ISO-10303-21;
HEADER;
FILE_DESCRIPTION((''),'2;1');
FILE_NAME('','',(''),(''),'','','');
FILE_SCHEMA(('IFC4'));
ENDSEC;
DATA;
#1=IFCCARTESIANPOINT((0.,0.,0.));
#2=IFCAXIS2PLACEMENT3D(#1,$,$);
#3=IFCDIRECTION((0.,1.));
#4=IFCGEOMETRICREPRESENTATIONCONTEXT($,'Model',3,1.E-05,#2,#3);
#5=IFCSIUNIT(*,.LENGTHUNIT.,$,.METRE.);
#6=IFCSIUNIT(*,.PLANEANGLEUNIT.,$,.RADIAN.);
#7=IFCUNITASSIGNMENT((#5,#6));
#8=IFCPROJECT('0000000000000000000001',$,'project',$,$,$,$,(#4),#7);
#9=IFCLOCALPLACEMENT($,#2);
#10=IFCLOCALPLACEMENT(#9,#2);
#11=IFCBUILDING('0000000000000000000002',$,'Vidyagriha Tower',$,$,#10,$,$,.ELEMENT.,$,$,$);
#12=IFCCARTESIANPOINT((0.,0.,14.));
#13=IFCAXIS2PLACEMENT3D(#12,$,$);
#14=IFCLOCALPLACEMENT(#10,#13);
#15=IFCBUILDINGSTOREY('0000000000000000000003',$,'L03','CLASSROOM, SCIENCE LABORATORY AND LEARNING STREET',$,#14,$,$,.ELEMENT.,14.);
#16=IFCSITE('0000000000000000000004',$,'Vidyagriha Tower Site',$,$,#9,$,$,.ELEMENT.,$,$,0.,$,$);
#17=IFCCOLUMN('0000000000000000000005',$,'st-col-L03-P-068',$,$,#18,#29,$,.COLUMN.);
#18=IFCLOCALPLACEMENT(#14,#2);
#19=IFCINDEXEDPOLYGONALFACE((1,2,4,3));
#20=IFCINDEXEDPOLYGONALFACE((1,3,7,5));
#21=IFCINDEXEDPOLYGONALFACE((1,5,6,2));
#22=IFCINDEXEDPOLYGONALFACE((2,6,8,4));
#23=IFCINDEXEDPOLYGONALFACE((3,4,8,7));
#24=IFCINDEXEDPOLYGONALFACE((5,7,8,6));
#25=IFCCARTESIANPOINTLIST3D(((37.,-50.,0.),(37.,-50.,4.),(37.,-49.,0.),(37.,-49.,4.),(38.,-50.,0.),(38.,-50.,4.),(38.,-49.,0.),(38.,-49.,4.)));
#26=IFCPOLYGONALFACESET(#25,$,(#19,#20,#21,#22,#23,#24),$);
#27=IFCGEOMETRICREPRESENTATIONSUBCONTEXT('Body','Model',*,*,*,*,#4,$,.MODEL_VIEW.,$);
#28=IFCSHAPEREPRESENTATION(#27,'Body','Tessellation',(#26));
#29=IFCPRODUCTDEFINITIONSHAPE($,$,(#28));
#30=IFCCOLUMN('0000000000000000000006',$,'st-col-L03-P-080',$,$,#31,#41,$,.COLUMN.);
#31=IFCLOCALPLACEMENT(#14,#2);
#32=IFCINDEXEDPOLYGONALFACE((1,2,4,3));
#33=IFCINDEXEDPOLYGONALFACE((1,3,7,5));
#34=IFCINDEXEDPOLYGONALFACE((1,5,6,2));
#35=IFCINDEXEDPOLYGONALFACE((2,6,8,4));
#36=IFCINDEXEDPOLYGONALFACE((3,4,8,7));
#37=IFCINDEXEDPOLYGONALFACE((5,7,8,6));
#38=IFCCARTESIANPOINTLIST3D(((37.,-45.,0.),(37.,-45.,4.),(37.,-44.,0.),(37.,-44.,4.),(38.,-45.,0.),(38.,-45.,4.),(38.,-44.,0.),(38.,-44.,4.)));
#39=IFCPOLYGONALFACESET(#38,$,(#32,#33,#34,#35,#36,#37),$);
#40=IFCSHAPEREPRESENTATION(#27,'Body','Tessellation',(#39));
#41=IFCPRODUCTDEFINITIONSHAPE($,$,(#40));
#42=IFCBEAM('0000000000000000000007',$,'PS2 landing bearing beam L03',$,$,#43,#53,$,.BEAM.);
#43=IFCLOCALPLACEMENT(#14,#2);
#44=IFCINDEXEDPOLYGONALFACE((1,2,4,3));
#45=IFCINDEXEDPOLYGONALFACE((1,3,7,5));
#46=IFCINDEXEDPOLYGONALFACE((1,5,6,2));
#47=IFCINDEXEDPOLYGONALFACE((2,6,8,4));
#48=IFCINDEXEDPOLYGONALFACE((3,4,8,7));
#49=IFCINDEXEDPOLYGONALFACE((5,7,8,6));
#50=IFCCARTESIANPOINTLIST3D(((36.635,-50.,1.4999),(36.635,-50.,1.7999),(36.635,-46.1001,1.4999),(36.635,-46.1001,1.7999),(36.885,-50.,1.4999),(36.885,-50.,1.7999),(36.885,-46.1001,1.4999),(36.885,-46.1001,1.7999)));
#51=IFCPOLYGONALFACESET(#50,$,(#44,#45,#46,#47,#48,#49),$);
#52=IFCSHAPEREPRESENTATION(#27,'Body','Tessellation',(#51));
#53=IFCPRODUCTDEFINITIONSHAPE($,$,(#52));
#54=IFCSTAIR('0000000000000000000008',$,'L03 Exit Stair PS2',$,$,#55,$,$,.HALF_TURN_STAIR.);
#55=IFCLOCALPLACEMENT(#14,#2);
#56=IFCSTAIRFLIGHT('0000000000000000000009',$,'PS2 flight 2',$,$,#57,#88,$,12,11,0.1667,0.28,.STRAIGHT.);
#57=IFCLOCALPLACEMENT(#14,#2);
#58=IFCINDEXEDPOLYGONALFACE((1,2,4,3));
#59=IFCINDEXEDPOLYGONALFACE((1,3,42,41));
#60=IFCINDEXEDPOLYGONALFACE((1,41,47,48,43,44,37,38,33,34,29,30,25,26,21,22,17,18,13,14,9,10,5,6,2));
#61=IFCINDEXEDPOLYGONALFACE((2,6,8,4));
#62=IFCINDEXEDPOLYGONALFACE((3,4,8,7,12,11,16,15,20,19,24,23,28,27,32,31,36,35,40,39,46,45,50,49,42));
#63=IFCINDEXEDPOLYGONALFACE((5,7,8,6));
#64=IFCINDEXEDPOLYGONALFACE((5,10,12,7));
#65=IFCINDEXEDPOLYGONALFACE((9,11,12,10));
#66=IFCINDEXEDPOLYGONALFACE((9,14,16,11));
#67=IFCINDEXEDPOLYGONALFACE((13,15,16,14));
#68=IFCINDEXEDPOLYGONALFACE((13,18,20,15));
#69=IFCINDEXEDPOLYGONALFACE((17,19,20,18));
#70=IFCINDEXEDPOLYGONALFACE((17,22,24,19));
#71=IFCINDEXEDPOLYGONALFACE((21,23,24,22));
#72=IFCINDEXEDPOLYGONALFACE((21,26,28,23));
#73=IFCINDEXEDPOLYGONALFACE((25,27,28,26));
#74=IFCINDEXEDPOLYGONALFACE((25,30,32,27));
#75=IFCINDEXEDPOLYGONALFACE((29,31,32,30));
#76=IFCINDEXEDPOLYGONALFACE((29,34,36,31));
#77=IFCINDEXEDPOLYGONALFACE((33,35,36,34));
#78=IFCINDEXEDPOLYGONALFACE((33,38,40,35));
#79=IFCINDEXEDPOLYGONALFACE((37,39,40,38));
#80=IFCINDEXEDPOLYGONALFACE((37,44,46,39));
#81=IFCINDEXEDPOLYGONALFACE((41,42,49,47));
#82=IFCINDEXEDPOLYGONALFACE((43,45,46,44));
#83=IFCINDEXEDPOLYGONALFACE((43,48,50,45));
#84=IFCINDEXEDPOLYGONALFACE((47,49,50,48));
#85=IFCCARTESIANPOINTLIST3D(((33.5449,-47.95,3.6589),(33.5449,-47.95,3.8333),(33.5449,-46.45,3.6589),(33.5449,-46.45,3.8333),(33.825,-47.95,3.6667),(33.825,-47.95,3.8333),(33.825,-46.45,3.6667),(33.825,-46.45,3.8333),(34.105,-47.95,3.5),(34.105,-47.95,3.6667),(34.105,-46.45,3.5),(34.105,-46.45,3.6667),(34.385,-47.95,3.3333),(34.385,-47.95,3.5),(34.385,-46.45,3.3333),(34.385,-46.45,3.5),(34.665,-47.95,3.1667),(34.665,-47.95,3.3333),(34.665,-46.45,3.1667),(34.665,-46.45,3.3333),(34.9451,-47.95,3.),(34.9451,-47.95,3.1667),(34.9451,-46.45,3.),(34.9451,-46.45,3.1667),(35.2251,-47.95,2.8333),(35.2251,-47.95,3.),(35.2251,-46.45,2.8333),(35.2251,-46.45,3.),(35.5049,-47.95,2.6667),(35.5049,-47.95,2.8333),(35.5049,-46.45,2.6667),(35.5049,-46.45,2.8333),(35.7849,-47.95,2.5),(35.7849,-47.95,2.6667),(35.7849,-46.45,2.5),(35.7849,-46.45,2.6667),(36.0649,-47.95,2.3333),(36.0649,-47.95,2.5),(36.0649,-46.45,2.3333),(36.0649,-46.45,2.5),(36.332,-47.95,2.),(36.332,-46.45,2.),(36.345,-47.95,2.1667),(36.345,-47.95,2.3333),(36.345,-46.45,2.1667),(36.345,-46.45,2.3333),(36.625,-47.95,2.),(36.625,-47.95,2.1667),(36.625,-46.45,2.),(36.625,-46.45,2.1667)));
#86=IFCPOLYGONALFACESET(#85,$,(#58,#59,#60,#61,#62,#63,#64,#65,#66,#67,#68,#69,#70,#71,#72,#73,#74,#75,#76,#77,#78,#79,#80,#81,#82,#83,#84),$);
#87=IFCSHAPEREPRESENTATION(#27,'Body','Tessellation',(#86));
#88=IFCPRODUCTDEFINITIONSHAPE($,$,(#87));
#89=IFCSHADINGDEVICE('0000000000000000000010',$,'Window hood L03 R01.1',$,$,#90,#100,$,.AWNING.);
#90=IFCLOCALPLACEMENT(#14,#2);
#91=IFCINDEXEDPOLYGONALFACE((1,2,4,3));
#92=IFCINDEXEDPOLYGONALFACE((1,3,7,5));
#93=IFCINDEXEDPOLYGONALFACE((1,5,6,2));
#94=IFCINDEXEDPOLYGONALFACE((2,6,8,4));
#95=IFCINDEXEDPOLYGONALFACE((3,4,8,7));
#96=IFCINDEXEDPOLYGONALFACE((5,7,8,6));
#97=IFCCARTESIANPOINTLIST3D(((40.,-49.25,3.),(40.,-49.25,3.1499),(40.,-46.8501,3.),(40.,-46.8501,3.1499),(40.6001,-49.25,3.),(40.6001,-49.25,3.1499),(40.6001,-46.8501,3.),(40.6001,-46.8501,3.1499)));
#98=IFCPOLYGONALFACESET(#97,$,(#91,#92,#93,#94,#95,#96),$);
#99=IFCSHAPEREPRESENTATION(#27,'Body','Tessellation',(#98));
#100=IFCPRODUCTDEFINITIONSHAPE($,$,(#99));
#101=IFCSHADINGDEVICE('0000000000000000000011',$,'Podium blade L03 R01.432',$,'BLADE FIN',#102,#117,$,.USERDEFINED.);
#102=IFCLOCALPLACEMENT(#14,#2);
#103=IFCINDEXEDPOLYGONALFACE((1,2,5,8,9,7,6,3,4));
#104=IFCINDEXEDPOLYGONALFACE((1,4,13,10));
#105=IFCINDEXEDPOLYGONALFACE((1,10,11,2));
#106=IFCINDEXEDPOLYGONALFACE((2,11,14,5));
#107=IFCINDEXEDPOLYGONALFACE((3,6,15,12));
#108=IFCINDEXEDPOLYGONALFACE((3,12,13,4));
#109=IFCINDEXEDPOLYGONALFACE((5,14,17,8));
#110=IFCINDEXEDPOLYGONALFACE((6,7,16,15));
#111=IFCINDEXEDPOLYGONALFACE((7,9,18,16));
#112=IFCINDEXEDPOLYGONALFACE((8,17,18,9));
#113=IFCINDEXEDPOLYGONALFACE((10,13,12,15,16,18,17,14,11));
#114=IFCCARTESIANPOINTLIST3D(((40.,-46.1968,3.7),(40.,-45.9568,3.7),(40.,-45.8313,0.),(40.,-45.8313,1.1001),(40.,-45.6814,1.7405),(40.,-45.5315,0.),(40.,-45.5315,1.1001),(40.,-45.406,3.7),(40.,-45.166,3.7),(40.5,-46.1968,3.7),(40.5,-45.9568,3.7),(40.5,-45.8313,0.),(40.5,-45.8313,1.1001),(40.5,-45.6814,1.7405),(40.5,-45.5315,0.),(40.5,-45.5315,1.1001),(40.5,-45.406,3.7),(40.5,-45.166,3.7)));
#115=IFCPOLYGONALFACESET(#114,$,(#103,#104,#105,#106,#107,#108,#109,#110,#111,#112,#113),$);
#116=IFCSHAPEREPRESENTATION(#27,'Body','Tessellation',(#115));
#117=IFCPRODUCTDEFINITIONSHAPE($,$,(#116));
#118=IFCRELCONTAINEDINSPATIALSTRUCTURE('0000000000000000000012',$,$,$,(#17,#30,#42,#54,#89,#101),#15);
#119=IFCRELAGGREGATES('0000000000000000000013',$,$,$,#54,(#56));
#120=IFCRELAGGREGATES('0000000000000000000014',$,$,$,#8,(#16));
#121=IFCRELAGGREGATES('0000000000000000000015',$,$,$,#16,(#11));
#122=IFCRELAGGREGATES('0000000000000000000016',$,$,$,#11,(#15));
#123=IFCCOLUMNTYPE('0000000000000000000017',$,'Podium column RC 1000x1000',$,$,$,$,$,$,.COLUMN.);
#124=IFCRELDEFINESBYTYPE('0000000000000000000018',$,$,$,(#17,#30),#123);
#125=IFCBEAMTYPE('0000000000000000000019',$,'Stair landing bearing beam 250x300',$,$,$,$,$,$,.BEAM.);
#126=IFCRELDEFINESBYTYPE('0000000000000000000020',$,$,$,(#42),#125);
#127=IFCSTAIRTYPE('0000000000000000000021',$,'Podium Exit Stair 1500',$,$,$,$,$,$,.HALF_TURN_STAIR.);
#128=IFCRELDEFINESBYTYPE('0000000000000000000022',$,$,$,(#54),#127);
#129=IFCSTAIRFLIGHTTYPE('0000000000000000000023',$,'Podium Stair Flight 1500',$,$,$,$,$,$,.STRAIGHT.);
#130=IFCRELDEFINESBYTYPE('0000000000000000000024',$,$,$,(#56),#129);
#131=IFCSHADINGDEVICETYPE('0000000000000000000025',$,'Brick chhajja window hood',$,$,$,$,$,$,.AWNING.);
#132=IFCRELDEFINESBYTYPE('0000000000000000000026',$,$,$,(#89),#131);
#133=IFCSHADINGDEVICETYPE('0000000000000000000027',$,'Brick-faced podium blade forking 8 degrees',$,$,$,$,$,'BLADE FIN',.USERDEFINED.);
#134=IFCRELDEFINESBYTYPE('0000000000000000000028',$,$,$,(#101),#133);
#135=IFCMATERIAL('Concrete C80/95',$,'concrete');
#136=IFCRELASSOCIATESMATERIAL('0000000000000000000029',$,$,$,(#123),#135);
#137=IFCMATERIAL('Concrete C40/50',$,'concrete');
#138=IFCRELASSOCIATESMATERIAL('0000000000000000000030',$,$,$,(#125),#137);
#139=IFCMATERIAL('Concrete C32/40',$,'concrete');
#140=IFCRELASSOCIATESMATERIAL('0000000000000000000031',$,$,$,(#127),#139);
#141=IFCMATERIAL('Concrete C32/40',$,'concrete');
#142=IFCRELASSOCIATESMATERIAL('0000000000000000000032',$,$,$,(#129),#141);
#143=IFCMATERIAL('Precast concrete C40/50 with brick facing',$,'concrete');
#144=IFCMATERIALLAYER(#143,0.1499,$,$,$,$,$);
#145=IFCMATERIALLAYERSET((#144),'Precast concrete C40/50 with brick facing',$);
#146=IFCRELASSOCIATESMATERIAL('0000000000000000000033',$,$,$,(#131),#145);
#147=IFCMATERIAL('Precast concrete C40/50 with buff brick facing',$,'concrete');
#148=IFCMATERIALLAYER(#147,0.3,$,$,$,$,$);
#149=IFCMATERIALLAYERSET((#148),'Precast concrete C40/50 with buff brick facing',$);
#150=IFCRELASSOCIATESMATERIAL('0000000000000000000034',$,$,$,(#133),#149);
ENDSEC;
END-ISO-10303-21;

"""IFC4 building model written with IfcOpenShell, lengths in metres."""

from ifc_helpers import new_model, si_unit, direction, frame, origin, origin_2d, place, context, subcontext, project, spatial, polyline, rectangle, outline, extrude, material, layer, layer_set, material_profile, profile_set, type_object, element, aggregate, save


model = new_model("IFC4")

# Units and contexts
model_context = context("Model", 3, precision=1e-05, world=origin(), true_north=direction((0.0, 1.0)))
body_context = subcontext(model_context, "Body", "Model", "MODEL_VIEW")
ifc_project = project(units=[si_unit("LENGTHUNIT", "METRE"), si_unit("PLANEANGLEUNIT", "RADIAN")], contexts=[model_context])

# Site, building, storey
site_placement = place(None, origin())
site = spatial("IfcSite", under=ifc_project, at=site_placement, Name="Vidyagriha Tower Site", CompositionType="ELEMENT", RefElevation=0.0)
building_placement = place(site_placement, origin())
building = spatial("IfcBuilding", under=site, at=building_placement, Name="Vidyagriha Tower", CompositionType="ELEMENT")
storey_placement = place(building_placement, frame((0.0, 0.0, 14.0)))
storey = spatial("IfcBuildingStorey", under=building, at=storey_placement, Name="L03", Description="CLASSROOM, SCIENCE LABORATORY AND LEARNING STREET", CompositionType="ELEMENT", Elevation=14.0)

# Columns
ifc_material_1 = material(Name="Concrete C80/95", Category="concrete")
ifc_material_profile_1 = material_profile(ifc_material_1, rectangle(XDim=1.0, YDim=1.0, at=origin_2d()), Name="RC 1000x1000")
ifc_profile_set_1 = profile_set([ifc_material_profile_1], Name="Concrete C80/95")
column_type = type_object("IfcColumnType", Name="Podium column RC 1000x1000", PredefinedType="COLUMN", material=ifc_profile_set_1)
for number, where, name in (
    (1, (37.5, -49.5, 0.0), "st-col-L03-P-068"),
    (2, (37.5, -44.5, 0.0), "st-col-L03-P-080"),
):
    element("IfcColumn", number, at=place(storey_placement, frame(where)), inside=storey, type_object=column_type, Name=name, PredefinedType="COLUMN", context=body_context, shape_type="SweptSolid", body=[
        extrude(rectangle(XDim=1.0, YDim=1.0, at=origin_2d()), origin(), (0.0, 0.0, 1.0), 4.0),
    ])

# Beam
ifc_material_2 = material(Name="Concrete C40/50", Category="concrete")
ifc_material_profile_2 = material_profile(ifc_material_2, rectangle(XDim=0.25, YDim=0.3, at=origin_2d()), Name="Stair landing bearing beam 250x300")
ifc_profile_set_2 = profile_set([ifc_material_profile_2], Name="Concrete C40/50")
beam_type = type_object("IfcBeamType", Name="Stair landing bearing beam 250x300", PredefinedType="BEAM", material=ifc_profile_set_2)
beam_placement = place(storey_placement, frame((36.76, -50.0, 1.6499), z_axis=(0.0, 1.0, 0.0), x_axis=(-1.0, 0.0, 0.0)))
element("IfcBeam", 3, at=beam_placement, inside=storey, type_object=beam_type, Name="PS2 landing bearing beam L03", PredefinedType="BEAM", context=body_context, shape_type="SweptSolid", body=[
    extrude(rectangle(XDim=0.25, YDim=0.3, at=origin_2d()), origin(), (0.0, 0.0, 1.0), 3.8999),
])

# Stair, stair flight
ifc_material_3 = material(Name="Concrete C32/40", Category="concrete")
stair_type = type_object("IfcStairType", Name="Podium Exit Stair 1500", PredefinedType="HALF_TURN_STAIR", material=ifc_material_3)
stair_placement = place(storey_placement, origin())
stair = element("IfcStair", 4, at=stair_placement, inside=storey, type_object=stair_type, Name="L03 Exit Stair PS2", PredefinedType="HALF_TURN_STAIR")
ifc_material_4 = material(Name="Concrete C32/40", Category="concrete")
stair_flight_type = type_object("IfcStairFlightType", Name="Podium Stair Flight 1500", PredefinedType="STRAIGHT", material=ifc_material_4)
stair_flight_placement = place(storey_placement, frame((36.625, -47.2, 2.0), z_axis=(0.0, 0.0, 1.0), x_axis=(-1.0, 0.0, 0.0)))
stair_flight = element("IfcStairFlight", 5, at=stair_flight_placement, type_object=stair_flight_type, Name="PS2 flight 2", NumberOfRisers=12, NumberOfTreads=11, PredefinedType="STRAIGHT", RiserHeight=0.1667, TreadLength=0.28, context=body_context, shape_type="SweptSolid", body=[
    extrude(outline(polyline([(0.0, 0.0), (0.0, 0.1667), (0.28, 0.1667), (0.28, 0.3333), (0.5601, 0.3333), (0.5601, 0.5), (0.8401, 0.5), (0.8401, 0.6667), (1.1201, 0.6667), (1.1201, 0.8333), (1.3999, 0.8333), (1.3999, 1.0), (1.6799, 1.0), (1.6799, 1.1667), (1.96, 1.1667), (1.96, 1.3333), (2.24, 1.3333), (2.24, 1.5), (2.52, 1.5), (2.52, 1.6667), (2.8, 1.6667), (2.8, 1.8333), (3.0801, 1.8333), (3.0801, 2.0), (3.0801, 1.6589), (0.293, 0.0), (0.0, 0.0)])), frame((0.0, 0.75, 0.0), z_axis=(0.0, -1.0, 0.0), x_axis=(1.0, 0.0, 0.0)), (0.0, 0.0, 1.0), 1.5),
])
aggregate(stair, [stair_flight])

# Shading devices
ifc_material_5 = material(Name="Precast concrete C40/50 with brick facing", Category="concrete")
ifc_layer_1 = layer(ifc_material_5, 0.1499)
ifc_layer_set_1 = layer_set([ifc_layer_1], Name="Precast concrete C40/50 with brick facing")
shading_device_type_1 = type_object("IfcShadingDeviceType", Name="Brick chhajja window hood", PredefinedType="AWNING", material=ifc_layer_set_1)
shading_device_1_placement = place(storey_placement, frame((40.3, -48.05, 3.0), z_axis=(0.0, 0.0, 1.0), x_axis=(0.0, 1.0, 0.0)))
element("IfcShadingDevice", 6, at=shading_device_1_placement, inside=storey, type_object=shading_device_type_1, Name="Window hood L03 R01.1", PredefinedType="AWNING", context=body_context, shape_type="SweptSolid", body=[
    extrude(rectangle(XDim=2.3999, YDim=0.6001, at=origin_2d()), origin(), (0.0, 0.0, 1.0), 0.1499),
])
ifc_material_6 = material(Name="Precast concrete C40/50 with buff brick facing", Category="concrete")
ifc_layer_2 = layer(ifc_material_6, 0.3)
ifc_layer_set_2 = layer_set([ifc_layer_2], Name="Precast concrete C40/50 with buff brick facing")
shading_device_type_2 = type_object("IfcShadingDeviceType", Name="Brick-faced podium blade forking 8 degrees", ElementType="BLADE FIN", PredefinedType="USERDEFINED", material=ifc_layer_set_2)
shading_device_2_placement = place(storey_placement, frame((40.25, -46.1968, 0.0), z_axis=(0.0, 0.0, 1.0), x_axis=(0.0, 1.0, 0.0)))
element("IfcShadingDevice", 7, at=shading_device_2_placement, inside=storey, type_object=shading_device_type_2, Name="Podium blade L03 R01.432", ObjectType="BLADE FIN", PredefinedType="USERDEFINED", context=body_context, shape_type="SweptSolid", body=[
    extrude(outline(polyline([(0.6653, 0.0), (0.6653, 1.1001), (1.0308, 3.7), (0.7908, 3.7), (0.5154, 1.7405), (0.24, 3.7), (0.0, 3.7), (0.3655, 1.1001), (0.3655, 0.0), (0.6653, 0.0)])), frame((0.0, 0.25, 0.0), z_axis=(0.0, -1.0, 0.0), x_axis=(1.0, 0.0, 0.0)), (0.0, 0.0, 1.0), 0.5),
])

save(model, "model.ifc")
